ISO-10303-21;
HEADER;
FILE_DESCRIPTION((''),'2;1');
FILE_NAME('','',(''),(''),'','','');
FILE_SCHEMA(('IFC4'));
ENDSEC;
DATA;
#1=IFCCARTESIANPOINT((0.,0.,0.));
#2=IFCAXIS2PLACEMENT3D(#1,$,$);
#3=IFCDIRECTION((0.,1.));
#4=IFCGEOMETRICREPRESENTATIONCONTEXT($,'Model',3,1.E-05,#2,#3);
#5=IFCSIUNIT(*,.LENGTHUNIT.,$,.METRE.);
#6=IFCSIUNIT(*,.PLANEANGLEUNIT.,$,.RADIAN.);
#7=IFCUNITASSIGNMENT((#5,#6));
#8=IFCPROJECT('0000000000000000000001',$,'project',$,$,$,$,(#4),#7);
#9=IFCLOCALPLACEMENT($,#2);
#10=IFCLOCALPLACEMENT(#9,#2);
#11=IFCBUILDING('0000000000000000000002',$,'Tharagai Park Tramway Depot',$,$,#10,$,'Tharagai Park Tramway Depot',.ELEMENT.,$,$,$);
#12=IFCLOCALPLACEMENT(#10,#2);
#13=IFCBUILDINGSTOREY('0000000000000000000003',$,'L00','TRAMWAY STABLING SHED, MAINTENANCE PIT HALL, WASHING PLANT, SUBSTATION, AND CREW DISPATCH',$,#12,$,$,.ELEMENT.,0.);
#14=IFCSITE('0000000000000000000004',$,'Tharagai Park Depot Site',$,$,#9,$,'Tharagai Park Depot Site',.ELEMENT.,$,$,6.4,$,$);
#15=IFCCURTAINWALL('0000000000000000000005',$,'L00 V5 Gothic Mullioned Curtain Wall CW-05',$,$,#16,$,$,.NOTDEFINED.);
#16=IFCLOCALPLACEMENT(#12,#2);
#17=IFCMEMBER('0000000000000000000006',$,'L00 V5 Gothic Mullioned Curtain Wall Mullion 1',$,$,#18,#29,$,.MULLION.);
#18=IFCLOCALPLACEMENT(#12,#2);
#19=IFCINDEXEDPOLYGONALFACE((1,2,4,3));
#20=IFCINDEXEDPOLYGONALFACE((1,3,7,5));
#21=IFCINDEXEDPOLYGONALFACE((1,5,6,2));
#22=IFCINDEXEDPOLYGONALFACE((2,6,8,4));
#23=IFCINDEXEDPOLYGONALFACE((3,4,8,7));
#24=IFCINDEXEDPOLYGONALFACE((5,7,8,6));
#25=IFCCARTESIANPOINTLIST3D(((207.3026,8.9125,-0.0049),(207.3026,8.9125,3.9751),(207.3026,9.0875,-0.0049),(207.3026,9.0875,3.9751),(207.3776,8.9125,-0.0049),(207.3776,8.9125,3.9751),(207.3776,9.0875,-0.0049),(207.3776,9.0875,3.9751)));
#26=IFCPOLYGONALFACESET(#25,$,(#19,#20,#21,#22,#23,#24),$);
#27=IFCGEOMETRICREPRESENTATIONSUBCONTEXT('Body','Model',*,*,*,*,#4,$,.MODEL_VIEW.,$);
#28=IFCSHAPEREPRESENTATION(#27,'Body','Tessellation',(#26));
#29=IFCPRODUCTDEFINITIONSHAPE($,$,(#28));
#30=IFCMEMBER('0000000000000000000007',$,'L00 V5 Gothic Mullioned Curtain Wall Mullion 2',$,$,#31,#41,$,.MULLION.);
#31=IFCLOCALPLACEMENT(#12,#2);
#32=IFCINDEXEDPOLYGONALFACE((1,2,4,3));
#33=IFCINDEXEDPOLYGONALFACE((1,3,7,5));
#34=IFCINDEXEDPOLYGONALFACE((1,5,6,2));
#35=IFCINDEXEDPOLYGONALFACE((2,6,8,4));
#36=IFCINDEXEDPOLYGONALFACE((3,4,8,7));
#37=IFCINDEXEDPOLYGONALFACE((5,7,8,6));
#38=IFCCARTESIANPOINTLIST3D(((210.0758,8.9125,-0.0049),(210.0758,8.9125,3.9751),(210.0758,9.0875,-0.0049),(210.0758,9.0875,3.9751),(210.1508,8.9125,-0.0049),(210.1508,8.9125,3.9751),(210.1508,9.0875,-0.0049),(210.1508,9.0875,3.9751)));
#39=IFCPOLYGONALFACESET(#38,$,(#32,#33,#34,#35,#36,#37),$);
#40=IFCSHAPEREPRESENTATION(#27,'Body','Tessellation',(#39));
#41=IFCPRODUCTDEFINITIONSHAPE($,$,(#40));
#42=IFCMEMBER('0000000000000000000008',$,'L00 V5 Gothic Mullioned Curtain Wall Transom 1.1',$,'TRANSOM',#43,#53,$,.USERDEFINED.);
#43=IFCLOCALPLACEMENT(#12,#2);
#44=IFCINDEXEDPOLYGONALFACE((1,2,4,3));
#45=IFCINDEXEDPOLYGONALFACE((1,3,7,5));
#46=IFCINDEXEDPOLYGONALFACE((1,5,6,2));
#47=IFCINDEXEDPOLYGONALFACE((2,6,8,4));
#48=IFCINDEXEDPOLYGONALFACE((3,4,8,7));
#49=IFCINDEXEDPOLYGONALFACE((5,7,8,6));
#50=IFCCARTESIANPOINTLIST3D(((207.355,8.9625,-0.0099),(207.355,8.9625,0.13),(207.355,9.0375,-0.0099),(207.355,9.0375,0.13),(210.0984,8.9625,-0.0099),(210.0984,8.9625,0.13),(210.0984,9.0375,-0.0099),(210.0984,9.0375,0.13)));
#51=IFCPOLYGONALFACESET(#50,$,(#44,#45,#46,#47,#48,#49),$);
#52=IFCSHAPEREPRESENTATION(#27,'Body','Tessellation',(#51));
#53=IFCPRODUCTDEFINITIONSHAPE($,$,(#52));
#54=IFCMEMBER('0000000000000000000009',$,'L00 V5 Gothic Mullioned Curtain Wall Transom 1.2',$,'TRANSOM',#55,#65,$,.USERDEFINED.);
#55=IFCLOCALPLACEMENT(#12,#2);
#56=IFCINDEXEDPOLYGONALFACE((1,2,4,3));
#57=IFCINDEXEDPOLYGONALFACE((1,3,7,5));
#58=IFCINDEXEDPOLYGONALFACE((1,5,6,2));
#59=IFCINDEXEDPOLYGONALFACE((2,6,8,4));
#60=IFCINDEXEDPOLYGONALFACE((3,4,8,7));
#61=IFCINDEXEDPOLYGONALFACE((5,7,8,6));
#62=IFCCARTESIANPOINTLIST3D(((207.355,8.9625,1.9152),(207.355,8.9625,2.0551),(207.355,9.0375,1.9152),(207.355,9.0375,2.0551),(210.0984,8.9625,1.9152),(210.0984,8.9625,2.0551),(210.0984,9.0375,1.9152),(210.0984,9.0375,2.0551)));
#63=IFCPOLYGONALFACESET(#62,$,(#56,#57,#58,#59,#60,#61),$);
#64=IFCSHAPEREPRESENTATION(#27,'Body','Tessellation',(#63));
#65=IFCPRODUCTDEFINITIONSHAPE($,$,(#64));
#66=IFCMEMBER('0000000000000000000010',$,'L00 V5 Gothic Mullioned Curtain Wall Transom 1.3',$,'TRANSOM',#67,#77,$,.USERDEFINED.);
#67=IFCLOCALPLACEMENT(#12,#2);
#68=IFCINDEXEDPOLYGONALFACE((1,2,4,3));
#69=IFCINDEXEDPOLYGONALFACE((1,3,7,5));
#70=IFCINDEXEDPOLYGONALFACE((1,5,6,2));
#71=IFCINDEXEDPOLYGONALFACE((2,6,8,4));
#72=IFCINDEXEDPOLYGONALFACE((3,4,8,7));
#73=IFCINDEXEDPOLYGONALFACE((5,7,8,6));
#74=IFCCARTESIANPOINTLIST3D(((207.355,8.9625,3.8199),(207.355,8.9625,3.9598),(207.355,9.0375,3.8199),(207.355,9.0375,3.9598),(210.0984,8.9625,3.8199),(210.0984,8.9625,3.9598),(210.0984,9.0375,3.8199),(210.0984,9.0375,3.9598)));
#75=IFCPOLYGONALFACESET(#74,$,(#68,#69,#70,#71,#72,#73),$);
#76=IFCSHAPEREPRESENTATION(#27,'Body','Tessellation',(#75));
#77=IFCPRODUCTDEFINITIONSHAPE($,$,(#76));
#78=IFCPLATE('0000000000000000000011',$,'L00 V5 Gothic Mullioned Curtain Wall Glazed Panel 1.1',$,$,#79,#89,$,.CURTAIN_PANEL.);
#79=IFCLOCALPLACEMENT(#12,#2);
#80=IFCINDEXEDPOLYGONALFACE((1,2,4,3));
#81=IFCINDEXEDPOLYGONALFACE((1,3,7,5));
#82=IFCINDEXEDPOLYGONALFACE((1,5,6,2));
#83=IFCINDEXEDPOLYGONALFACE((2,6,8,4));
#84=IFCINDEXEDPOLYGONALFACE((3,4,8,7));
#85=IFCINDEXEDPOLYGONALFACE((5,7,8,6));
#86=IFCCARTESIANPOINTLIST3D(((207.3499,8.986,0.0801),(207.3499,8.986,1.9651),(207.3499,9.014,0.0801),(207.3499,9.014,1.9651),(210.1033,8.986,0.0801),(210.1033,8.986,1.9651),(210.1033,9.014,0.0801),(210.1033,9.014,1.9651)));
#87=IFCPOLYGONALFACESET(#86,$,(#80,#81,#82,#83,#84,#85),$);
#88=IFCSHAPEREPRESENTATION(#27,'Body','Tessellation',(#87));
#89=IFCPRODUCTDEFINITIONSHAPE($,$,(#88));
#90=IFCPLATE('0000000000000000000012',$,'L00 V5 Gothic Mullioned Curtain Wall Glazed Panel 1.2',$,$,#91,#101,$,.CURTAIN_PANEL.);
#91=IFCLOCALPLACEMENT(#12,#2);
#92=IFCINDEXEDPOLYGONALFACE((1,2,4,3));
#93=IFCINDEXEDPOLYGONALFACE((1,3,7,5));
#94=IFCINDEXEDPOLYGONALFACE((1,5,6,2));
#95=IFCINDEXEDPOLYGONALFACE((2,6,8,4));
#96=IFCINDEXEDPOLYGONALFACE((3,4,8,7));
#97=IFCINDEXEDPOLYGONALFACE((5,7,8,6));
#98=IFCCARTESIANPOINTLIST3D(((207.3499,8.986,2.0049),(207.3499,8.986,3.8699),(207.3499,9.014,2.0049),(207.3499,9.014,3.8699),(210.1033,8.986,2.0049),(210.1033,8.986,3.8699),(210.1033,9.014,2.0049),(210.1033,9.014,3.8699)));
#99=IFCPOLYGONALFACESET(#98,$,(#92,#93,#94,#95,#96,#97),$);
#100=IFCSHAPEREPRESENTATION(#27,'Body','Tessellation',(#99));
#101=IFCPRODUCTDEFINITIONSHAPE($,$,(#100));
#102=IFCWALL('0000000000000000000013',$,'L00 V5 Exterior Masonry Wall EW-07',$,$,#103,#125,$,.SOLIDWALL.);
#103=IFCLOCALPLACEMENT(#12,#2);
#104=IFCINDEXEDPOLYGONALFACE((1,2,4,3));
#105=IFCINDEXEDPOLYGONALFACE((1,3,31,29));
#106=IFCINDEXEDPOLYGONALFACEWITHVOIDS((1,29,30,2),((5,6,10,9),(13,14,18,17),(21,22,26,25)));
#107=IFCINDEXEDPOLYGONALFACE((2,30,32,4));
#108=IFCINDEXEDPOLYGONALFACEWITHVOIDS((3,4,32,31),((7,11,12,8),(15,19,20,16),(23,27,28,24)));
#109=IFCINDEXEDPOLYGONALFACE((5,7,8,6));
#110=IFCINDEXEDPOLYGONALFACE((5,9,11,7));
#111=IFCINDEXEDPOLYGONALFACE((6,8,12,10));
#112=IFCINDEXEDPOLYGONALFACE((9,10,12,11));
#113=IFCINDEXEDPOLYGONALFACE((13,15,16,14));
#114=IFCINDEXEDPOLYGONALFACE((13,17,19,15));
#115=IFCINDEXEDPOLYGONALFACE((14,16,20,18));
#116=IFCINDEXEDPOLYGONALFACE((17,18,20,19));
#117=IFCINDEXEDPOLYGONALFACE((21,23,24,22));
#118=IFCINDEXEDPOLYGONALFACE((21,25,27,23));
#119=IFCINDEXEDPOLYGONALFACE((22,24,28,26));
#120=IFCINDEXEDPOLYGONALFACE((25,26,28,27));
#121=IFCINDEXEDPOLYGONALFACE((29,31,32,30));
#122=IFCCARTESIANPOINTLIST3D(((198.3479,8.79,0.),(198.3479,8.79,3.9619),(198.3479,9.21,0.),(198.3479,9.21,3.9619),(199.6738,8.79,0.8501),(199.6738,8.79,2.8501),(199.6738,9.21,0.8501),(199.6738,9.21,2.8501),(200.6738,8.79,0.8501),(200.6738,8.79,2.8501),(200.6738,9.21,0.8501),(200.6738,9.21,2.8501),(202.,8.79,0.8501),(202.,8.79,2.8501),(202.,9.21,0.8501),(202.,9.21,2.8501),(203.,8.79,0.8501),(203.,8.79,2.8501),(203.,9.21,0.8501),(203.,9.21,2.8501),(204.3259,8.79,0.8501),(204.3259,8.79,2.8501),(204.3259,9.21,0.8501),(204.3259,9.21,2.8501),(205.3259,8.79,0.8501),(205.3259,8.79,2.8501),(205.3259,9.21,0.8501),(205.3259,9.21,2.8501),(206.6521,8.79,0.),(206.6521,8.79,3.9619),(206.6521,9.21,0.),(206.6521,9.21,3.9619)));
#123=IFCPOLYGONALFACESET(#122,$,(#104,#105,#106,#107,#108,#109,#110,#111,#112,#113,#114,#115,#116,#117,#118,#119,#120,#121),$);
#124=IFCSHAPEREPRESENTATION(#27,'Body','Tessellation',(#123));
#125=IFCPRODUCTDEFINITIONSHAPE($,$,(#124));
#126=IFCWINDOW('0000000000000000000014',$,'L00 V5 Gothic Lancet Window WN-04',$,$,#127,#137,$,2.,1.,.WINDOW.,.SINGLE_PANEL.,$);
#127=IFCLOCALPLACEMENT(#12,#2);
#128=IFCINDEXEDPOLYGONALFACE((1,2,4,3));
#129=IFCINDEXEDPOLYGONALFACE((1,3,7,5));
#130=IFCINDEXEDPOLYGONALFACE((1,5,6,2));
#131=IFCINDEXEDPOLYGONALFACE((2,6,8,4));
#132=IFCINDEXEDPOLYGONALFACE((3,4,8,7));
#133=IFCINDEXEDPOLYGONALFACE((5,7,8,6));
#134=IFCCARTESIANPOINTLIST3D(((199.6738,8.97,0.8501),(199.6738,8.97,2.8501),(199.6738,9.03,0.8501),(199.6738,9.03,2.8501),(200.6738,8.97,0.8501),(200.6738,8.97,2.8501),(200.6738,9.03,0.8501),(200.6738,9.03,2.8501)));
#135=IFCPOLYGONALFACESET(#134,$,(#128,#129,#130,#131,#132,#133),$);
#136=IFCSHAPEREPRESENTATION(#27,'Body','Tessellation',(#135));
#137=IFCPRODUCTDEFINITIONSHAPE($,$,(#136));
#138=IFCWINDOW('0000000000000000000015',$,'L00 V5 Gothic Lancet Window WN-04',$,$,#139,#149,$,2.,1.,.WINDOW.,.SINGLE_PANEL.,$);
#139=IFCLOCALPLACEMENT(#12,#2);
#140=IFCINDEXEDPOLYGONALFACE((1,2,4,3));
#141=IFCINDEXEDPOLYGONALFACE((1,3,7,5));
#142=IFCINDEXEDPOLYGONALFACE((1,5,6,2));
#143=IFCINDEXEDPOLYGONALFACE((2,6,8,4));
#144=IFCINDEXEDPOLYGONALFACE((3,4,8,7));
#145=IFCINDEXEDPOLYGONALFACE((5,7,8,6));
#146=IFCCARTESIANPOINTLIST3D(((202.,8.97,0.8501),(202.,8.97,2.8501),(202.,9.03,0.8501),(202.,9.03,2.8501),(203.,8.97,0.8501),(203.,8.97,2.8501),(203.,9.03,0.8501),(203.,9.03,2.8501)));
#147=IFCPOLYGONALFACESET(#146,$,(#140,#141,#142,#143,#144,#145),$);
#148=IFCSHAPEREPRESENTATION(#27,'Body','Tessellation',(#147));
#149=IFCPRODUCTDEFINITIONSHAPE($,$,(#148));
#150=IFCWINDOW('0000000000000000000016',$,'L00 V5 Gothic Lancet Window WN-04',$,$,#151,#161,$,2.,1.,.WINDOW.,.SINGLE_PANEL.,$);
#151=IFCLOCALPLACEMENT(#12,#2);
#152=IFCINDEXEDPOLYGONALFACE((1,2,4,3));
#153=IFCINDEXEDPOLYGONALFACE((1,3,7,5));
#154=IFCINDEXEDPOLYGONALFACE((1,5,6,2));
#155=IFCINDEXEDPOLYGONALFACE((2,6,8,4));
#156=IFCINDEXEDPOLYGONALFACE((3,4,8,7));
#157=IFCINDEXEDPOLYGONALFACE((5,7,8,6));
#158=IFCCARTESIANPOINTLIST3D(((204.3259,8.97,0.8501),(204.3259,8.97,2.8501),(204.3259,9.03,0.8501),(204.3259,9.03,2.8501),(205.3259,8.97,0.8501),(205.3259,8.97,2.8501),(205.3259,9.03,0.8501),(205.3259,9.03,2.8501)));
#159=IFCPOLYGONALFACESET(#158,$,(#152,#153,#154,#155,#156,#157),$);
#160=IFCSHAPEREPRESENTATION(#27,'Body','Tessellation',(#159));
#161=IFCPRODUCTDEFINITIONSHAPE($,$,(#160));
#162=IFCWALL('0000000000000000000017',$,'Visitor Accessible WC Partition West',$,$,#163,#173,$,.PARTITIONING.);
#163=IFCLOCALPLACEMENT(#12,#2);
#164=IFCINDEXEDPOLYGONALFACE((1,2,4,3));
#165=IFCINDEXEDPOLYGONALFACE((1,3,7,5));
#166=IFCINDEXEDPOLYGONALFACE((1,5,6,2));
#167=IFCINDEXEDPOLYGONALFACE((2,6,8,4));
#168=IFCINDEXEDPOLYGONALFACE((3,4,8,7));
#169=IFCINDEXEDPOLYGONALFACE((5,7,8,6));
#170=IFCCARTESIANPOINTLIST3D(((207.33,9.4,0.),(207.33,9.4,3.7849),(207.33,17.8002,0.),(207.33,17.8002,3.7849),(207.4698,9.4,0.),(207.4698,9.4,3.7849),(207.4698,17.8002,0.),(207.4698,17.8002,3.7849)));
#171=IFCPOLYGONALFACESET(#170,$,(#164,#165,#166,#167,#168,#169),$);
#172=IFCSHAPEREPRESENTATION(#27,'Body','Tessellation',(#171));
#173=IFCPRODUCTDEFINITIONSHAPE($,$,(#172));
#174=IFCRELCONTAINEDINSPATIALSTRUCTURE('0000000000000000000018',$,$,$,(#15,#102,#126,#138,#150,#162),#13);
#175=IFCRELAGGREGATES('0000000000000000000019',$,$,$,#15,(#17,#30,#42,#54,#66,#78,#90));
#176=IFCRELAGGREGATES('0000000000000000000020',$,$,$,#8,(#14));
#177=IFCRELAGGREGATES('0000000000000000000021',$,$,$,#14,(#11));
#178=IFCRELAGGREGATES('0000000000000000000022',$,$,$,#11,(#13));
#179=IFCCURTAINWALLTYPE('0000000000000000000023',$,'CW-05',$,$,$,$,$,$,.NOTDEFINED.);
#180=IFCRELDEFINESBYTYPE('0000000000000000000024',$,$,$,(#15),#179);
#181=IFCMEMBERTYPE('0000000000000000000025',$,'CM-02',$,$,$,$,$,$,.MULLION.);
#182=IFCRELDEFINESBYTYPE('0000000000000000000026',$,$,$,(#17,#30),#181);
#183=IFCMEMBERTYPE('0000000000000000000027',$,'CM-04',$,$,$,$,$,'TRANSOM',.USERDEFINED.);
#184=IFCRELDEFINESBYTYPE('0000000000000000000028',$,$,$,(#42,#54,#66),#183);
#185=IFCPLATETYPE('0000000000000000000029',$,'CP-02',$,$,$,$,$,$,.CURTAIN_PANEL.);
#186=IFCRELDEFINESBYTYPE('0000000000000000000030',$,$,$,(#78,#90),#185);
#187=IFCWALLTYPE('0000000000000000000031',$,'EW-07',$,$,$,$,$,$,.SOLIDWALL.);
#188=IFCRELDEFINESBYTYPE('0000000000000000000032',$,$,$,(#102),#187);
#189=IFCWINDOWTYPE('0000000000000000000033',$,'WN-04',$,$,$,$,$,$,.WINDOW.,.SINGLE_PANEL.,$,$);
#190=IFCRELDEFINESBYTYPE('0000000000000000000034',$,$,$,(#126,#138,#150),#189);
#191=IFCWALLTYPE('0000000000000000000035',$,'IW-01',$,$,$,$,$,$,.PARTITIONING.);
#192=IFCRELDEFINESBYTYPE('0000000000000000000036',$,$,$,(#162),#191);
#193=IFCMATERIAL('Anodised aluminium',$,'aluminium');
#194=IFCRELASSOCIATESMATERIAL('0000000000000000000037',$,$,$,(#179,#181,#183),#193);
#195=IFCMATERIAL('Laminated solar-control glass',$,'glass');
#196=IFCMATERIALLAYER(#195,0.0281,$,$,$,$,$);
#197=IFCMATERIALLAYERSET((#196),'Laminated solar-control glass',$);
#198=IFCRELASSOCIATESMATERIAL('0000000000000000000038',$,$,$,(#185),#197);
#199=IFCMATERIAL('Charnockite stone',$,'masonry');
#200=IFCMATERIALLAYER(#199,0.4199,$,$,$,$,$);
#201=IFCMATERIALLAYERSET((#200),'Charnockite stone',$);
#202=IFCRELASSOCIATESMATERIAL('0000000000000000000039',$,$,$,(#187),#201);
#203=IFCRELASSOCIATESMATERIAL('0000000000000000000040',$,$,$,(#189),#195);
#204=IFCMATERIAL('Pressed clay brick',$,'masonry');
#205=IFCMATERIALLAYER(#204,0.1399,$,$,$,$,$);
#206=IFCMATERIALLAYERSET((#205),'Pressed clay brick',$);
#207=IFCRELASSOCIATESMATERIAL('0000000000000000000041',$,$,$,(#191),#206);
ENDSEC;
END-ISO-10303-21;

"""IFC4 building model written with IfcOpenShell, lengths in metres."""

from ifc_helpers import new_model, si_unit, direction, frame, frame_2d, origin, origin_2d, place, context, subcontext, project, spatial, rectangle, extrude, material, layer, layer_set, material_profile, profile_set, type_object, element, fill, aggregate, save


model = new_model("IFC4")

# Units and contexts
model_context = context("Model", 3, precision=1e-05, world=origin(), true_north=direction((0.0, 1.0)))
body_context = subcontext(model_context, "Body", "Model", "MODEL_VIEW")
ifc_project = project(units=[si_unit("LENGTHUNIT", "METRE"), si_unit("PLANEANGLEUNIT", "RADIAN")], contexts=[model_context])

# Site, building, storey
site_placement = place(None, origin())
site = spatial("IfcSite", under=ifc_project, at=site_placement, Name="Tharagai Park Depot Site", LongName="Tharagai Park Depot Site", CompositionType="ELEMENT", RefElevation=6.4)
building_placement = place(site_placement, origin())
building = spatial("IfcBuilding", under=site, at=building_placement, Name="Tharagai Park Tramway Depot", LongName="Tharagai Park Tramway Depot", CompositionType="ELEMENT")
storey_placement = place(building_placement, origin())
storey = spatial("IfcBuildingStorey", under=building, at=storey_placement, Name="L00", Description="TRAMWAY STABLING SHED, MAINTENANCE PIT HALL, WASHING PLANT, SUBSTATION, AND CREW DISPATCH", CompositionType="ELEMENT", Elevation=0.0)

# Shared definitions
ifc_material_1 = material(Name="Anodised aluminium", Category="aluminium")
curtain_wall_type = type_object("IfcCurtainWallType", Name="CW-05", PredefinedType="NOTDEFINED", material=ifc_material_1)
ifc_material_profile_1 = material_profile(ifc_material_1, rectangle(XDim=0.075, YDim=0.175, at=origin_2d()), Name="ALU 75x175")
ifc_profile_set_1 = profile_set([ifc_material_profile_1], Name="Anodised aluminium")
member_type_1 = type_object("IfcMemberType", Name="CM-02", PredefinedType="MULLION", material=ifc_profile_set_1)

# Curtain wall, members, plates
curtain_wall_1_placement = place(storey_placement, origin())
curtain_wall_1 = element("IfcCurtainWall", 1, at=curtain_wall_1_placement, inside=storey, type_object=curtain_wall_type, Name="L00 V5 Gothic Mullioned Curtain Wall CW-05", PredefinedType="NOTDEFINED")
member_1_placement = place(storey_placement, frame((207.3401, 9.0, -0.0049), z_axis=(0.0, 0.0, 1.0), x_axis=(1.0, 0.0, 0.0)))
member_1 = element("IfcMember", 2, at=member_1_placement, type_object=member_type_1, Name="L00 V5 Gothic Mullioned Curtain Wall Mullion 1", PredefinedType="MULLION", context=body_context, shape_type="SweptSolid", body=[
    extrude(rectangle(XDim=0.075, YDim=0.175, at=origin_2d()), origin(), (0.0, 0.0, 1.0), 3.98),
])
member_2_placement = place(storey_placement, frame((210.1133, 9.0, -0.0049), z_axis=(0.0, 0.0, 1.0), x_axis=(1.0, 0.0, 0.0)))
member_2 = element("IfcMember", 3, at=member_2_placement, type_object=member_type_1, Name="L00 V5 Gothic Mullioned Curtain Wall Mullion 2", PredefinedType="MULLION", context=body_context, shape_type="SweptSolid", body=[
    extrude(rectangle(XDim=0.075, YDim=0.175, at=origin_2d()), origin(), (0.0, 0.0, 1.0), 3.98),
])
ifc_material_profile_2 = material_profile(ifc_material_1, rectangle(XDim=0.075, YDim=0.1399, at=origin_2d()), Name="ALU 75x140")
ifc_profile_set_2 = profile_set([ifc_material_profile_2], Name="Anodised aluminium")
member_type_2 = type_object("IfcMemberType", Name="CM-04", ElementType="TRANSOM", PredefinedType="USERDEFINED", material=ifc_profile_set_2)
member_3_placement = place(storey_placement, frame((207.355, 9.0, 0.0601), z_axis=(1.0, 0.0, 0.0), x_axis=(0.0, 1.0, 0.0)))
member_3 = element("IfcMember", 4, at=member_3_placement, type_object=member_type_2, Name="L00 V5 Gothic Mullioned Curtain Wall Transom 1.1", ObjectType="TRANSOM", PredefinedType="USERDEFINED", context=body_context, shape_type="SweptSolid", body=[
    extrude(rectangle(XDim=0.075, YDim=0.1399, at=origin_2d()), origin(), (0.0, 0.0, 1.0), 2.7434),
])
member_4_placement = place(storey_placement, frame((207.355, 9.0, 1.9851), z_axis=(1.0, 0.0, 0.0), x_axis=(0.0, 1.0, 0.0)))
member_4 = element("IfcMember", 5, at=member_4_placement, type_object=member_type_2, Name="L00 V5 Gothic Mullioned Curtain Wall Transom 1.2", ObjectType="TRANSOM", PredefinedType="USERDEFINED", context=body_context, shape_type="SweptSolid", body=[
    extrude(rectangle(XDim=0.075, YDim=0.1399, at=origin_2d()), origin(), (0.0, 0.0, 1.0), 2.7434),
])
member_5_placement = place(storey_placement, frame((207.355, 9.0, 3.8899), z_axis=(1.0, 0.0, 0.0), x_axis=(0.0, 1.0, 0.0)))
member_5 = element("IfcMember", 6, at=member_5_placement, type_object=member_type_2, Name="L00 V5 Gothic Mullioned Curtain Wall Transom 1.3", ObjectType="TRANSOM", PredefinedType="USERDEFINED", context=body_context, shape_type="SweptSolid", body=[
    extrude(rectangle(XDim=0.075, YDim=0.1399, at=origin_2d()), origin(), (0.0, 0.0, 1.0), 2.7434),
])
ifc_material_2 = material(Name="Laminated solar-control glass", Category="glass")
ifc_layer_1 = layer(ifc_material_2, 0.0281)
ifc_layer_set_1 = layer_set([ifc_layer_1], Name="Laminated solar-control glass")
plate_type = type_object("IfcPlateType", Name="CP-02", PredefinedType="CURTAIN_PANEL", material=ifc_layer_set_1)
plate_1_placement = place(storey_placement, frame((208.7266, 9.0, 0.0801), z_axis=(0.0, 0.0, 1.0), x_axis=(1.0, 0.0, 0.0)))
plate_1 = element("IfcPlate", 7, at=plate_1_placement, type_object=plate_type, Name="L00 V5 Gothic Mullioned Curtain Wall Glazed Panel 1.1", PredefinedType="CURTAIN_PANEL", context=body_context, shape_type="SweptSolid", body=[
    extrude(rectangle(XDim=2.7534, YDim=0.0281, at=origin_2d()), origin(), (0.0, 0.0, 1.0), 1.885),
])
plate_2_placement = place(storey_placement, frame((208.7266, 9.0, 2.0049), z_axis=(0.0, 0.0, 1.0), x_axis=(1.0, 0.0, 0.0)))
plate_2 = element("IfcPlate", 8, at=plate_2_placement, type_object=plate_type, Name="L00 V5 Gothic Mullioned Curtain Wall Glazed Panel 1.2", PredefinedType="CURTAIN_PANEL", context=body_context, shape_type="SweptSolid", body=[
    extrude(rectangle(XDim=2.7534, YDim=0.0281, at=origin_2d()), origin(), (0.0, 0.0, 1.0), 1.865),
])
aggregate(curtain_wall_1, [member_1, member_2, member_3, member_4, member_5, plate_1, plate_2])

# Wall, openings, windows
ifc_material_3 = material(Name="Charnockite stone", Category="masonry")
ifc_layer_2 = layer(ifc_material_3, 0.4199)
ifc_layer_set_2 = layer_set([ifc_layer_2], Name="Charnockite stone")
wall_type_1 = type_object("IfcWallType", Name="EW-07", PredefinedType="SOLIDWALL", material=ifc_layer_set_2)
wall_1_placement = place(storey_placement, frame((198.3479, 9.0, 0.0), z_axis=(0.0, 0.0, 1.0), x_axis=(1.0, 0.0, 0.0)))
wall_1 = element("IfcWall", 9, at=wall_1_placement, inside=storey, type_object=wall_type_1, Name="L00 V5 Exterior Masonry Wall EW-07", PredefinedType="SOLIDWALL", context=body_context, shape_type="SweptSolid", body=[
    extrude(rectangle(XDim=8.3042, YDim=0.4199, at=frame_2d((4.1521, 0.0))), origin(), (0.0, 0.0, 1.0), 3.9619),
])
opening_1_placement = place(wall_1_placement, frame((1.3259, 0.0, 0.8501)))
opening_1 = element("IfcOpeningElement", 10, at=opening_1_placement, cuts=wall_1, PredefinedType="OPENING", context=body_context, shape_type="SweptSolid", body=[
    extrude(rectangle(XDim=1.0, YDim=2.0, at=frame_2d((0.5, 1.0))), frame((0.0, 0.22, 0.0), z_axis=(0.0, -1.0, 0.0), x_axis=(1.0, 0.0, 0.0)), (0.0, 0.0, 1.0), 0.4399),
])
opening_2_placement = place(wall_1_placement, frame((3.6521, 0.0, 0.8501)))
opening_2 = element("IfcOpeningElement", 11, at=opening_2_placement, cuts=wall_1, PredefinedType="OPENING", context=body_context, shape_type="SweptSolid", body=[
    extrude(rectangle(XDim=1.0, YDim=2.0, at=frame_2d((0.5, 1.0))), frame((0.0, 0.22, 0.0), z_axis=(0.0, -1.0, 0.0), x_axis=(1.0, 0.0, 0.0)), (0.0, 0.0, 1.0), 0.4399),
])
opening_3_placement = place(wall_1_placement, frame((5.978, 0.0, 0.8501)))
opening_3 = element("IfcOpeningElement", 12, at=opening_3_placement, cuts=wall_1, PredefinedType="OPENING", context=body_context, shape_type="SweptSolid", body=[
    extrude(rectangle(XDim=1.0, YDim=2.0, at=frame_2d((0.5, 1.0))), frame((0.0, 0.22, 0.0), z_axis=(0.0, -1.0, 0.0), x_axis=(1.0, 0.0, 0.0)), (0.0, 0.0, 1.0), 0.4399),
])
window_type = type_object("IfcWindowType", Name="WN-04", PartitioningType="SINGLE_PANEL", PredefinedType="WINDOW", material=ifc_material_2)
window_1_placement = place(opening_1_placement, origin())
window_1 = element("IfcWindow", 13, at=window_1_placement, inside=storey, type_object=window_type, Name="L00 V5 Gothic Lancet Window WN-04", OverallHeight=2.0, OverallWidth=1.0, PartitioningType="SINGLE_PANEL", PredefinedType="WINDOW", context=body_context, shape_type="SweptSolid", body=[
    extrude(rectangle(XDim=1.0, YDim=2.0, at=frame_2d((0.5, 1.0))), frame((0.0, 0.03, 0.0), z_axis=(0.0, -1.0, 0.0), x_axis=(1.0, 0.0, 0.0)), (0.0, 0.0, 1.0), 0.0601),
])
fill(opening_1, window_1)
window_2_placement = place(opening_2_placement, origin())
window_2 = element("IfcWindow", 14, at=window_2_placement, inside=storey, type_object=window_type, Name="L00 V5 Gothic Lancet Window WN-04", OverallHeight=2.0, OverallWidth=1.0, PartitioningType="SINGLE_PANEL", PredefinedType="WINDOW", context=body_context, shape_type="SweptSolid", body=[
    extrude(rectangle(XDim=1.0, YDim=2.0, at=frame_2d((0.5, 1.0))), frame((0.0, 0.03, 0.0), z_axis=(0.0, -1.0, 0.0), x_axis=(1.0, 0.0, 0.0)), (0.0, 0.0, 1.0), 0.0601),
])
fill(opening_2, window_2)
window_3_placement = place(opening_3_placement, origin())
window_3 = element("IfcWindow", 15, at=window_3_placement, inside=storey, type_object=window_type, Name="L00 V5 Gothic Lancet Window WN-04", OverallHeight=2.0, OverallWidth=1.0, PartitioningType="SINGLE_PANEL", PredefinedType="WINDOW", context=body_context, shape_type="SweptSolid", body=[
    extrude(rectangle(XDim=1.0, YDim=2.0, at=frame_2d((0.5, 1.0))), frame((0.0, 0.03, 0.0), z_axis=(0.0, -1.0, 0.0), x_axis=(1.0, 0.0, 0.0)), (0.0, 0.0, 1.0), 0.0601),
])
fill(opening_3, window_3)

# Wall
ifc_material_4 = material(Name="Pressed clay brick", Category="masonry")
ifc_layer_3 = layer(ifc_material_4, 0.1399)
ifc_layer_set_3 = layer_set([ifc_layer_3], Name="Pressed clay brick")
wall_type_2 = type_object("IfcWallType", Name="IW-01", PredefinedType="PARTITIONING", material=ifc_layer_set_3)
wall_2_placement = place(storey_placement, frame((207.3999, 9.3999, 0.0), z_axis=(0.0, 0.0, 1.0), x_axis=(0.0, 1.0, 0.0)))
element("IfcWall", 16, at=wall_2_placement, inside=storey, type_object=wall_type_2, Name="Visitor Accessible WC Partition West", PredefinedType="PARTITIONING", context=body_context, shape_type="SweptSolid", body=[
    extrude(rectangle(XDim=8.4001, YDim=0.1399, at=frame_2d((4.2002, 0.0))), origin(), (0.0, 0.0, 1.0), 3.7849),
])

save(model, "model.ifc")
